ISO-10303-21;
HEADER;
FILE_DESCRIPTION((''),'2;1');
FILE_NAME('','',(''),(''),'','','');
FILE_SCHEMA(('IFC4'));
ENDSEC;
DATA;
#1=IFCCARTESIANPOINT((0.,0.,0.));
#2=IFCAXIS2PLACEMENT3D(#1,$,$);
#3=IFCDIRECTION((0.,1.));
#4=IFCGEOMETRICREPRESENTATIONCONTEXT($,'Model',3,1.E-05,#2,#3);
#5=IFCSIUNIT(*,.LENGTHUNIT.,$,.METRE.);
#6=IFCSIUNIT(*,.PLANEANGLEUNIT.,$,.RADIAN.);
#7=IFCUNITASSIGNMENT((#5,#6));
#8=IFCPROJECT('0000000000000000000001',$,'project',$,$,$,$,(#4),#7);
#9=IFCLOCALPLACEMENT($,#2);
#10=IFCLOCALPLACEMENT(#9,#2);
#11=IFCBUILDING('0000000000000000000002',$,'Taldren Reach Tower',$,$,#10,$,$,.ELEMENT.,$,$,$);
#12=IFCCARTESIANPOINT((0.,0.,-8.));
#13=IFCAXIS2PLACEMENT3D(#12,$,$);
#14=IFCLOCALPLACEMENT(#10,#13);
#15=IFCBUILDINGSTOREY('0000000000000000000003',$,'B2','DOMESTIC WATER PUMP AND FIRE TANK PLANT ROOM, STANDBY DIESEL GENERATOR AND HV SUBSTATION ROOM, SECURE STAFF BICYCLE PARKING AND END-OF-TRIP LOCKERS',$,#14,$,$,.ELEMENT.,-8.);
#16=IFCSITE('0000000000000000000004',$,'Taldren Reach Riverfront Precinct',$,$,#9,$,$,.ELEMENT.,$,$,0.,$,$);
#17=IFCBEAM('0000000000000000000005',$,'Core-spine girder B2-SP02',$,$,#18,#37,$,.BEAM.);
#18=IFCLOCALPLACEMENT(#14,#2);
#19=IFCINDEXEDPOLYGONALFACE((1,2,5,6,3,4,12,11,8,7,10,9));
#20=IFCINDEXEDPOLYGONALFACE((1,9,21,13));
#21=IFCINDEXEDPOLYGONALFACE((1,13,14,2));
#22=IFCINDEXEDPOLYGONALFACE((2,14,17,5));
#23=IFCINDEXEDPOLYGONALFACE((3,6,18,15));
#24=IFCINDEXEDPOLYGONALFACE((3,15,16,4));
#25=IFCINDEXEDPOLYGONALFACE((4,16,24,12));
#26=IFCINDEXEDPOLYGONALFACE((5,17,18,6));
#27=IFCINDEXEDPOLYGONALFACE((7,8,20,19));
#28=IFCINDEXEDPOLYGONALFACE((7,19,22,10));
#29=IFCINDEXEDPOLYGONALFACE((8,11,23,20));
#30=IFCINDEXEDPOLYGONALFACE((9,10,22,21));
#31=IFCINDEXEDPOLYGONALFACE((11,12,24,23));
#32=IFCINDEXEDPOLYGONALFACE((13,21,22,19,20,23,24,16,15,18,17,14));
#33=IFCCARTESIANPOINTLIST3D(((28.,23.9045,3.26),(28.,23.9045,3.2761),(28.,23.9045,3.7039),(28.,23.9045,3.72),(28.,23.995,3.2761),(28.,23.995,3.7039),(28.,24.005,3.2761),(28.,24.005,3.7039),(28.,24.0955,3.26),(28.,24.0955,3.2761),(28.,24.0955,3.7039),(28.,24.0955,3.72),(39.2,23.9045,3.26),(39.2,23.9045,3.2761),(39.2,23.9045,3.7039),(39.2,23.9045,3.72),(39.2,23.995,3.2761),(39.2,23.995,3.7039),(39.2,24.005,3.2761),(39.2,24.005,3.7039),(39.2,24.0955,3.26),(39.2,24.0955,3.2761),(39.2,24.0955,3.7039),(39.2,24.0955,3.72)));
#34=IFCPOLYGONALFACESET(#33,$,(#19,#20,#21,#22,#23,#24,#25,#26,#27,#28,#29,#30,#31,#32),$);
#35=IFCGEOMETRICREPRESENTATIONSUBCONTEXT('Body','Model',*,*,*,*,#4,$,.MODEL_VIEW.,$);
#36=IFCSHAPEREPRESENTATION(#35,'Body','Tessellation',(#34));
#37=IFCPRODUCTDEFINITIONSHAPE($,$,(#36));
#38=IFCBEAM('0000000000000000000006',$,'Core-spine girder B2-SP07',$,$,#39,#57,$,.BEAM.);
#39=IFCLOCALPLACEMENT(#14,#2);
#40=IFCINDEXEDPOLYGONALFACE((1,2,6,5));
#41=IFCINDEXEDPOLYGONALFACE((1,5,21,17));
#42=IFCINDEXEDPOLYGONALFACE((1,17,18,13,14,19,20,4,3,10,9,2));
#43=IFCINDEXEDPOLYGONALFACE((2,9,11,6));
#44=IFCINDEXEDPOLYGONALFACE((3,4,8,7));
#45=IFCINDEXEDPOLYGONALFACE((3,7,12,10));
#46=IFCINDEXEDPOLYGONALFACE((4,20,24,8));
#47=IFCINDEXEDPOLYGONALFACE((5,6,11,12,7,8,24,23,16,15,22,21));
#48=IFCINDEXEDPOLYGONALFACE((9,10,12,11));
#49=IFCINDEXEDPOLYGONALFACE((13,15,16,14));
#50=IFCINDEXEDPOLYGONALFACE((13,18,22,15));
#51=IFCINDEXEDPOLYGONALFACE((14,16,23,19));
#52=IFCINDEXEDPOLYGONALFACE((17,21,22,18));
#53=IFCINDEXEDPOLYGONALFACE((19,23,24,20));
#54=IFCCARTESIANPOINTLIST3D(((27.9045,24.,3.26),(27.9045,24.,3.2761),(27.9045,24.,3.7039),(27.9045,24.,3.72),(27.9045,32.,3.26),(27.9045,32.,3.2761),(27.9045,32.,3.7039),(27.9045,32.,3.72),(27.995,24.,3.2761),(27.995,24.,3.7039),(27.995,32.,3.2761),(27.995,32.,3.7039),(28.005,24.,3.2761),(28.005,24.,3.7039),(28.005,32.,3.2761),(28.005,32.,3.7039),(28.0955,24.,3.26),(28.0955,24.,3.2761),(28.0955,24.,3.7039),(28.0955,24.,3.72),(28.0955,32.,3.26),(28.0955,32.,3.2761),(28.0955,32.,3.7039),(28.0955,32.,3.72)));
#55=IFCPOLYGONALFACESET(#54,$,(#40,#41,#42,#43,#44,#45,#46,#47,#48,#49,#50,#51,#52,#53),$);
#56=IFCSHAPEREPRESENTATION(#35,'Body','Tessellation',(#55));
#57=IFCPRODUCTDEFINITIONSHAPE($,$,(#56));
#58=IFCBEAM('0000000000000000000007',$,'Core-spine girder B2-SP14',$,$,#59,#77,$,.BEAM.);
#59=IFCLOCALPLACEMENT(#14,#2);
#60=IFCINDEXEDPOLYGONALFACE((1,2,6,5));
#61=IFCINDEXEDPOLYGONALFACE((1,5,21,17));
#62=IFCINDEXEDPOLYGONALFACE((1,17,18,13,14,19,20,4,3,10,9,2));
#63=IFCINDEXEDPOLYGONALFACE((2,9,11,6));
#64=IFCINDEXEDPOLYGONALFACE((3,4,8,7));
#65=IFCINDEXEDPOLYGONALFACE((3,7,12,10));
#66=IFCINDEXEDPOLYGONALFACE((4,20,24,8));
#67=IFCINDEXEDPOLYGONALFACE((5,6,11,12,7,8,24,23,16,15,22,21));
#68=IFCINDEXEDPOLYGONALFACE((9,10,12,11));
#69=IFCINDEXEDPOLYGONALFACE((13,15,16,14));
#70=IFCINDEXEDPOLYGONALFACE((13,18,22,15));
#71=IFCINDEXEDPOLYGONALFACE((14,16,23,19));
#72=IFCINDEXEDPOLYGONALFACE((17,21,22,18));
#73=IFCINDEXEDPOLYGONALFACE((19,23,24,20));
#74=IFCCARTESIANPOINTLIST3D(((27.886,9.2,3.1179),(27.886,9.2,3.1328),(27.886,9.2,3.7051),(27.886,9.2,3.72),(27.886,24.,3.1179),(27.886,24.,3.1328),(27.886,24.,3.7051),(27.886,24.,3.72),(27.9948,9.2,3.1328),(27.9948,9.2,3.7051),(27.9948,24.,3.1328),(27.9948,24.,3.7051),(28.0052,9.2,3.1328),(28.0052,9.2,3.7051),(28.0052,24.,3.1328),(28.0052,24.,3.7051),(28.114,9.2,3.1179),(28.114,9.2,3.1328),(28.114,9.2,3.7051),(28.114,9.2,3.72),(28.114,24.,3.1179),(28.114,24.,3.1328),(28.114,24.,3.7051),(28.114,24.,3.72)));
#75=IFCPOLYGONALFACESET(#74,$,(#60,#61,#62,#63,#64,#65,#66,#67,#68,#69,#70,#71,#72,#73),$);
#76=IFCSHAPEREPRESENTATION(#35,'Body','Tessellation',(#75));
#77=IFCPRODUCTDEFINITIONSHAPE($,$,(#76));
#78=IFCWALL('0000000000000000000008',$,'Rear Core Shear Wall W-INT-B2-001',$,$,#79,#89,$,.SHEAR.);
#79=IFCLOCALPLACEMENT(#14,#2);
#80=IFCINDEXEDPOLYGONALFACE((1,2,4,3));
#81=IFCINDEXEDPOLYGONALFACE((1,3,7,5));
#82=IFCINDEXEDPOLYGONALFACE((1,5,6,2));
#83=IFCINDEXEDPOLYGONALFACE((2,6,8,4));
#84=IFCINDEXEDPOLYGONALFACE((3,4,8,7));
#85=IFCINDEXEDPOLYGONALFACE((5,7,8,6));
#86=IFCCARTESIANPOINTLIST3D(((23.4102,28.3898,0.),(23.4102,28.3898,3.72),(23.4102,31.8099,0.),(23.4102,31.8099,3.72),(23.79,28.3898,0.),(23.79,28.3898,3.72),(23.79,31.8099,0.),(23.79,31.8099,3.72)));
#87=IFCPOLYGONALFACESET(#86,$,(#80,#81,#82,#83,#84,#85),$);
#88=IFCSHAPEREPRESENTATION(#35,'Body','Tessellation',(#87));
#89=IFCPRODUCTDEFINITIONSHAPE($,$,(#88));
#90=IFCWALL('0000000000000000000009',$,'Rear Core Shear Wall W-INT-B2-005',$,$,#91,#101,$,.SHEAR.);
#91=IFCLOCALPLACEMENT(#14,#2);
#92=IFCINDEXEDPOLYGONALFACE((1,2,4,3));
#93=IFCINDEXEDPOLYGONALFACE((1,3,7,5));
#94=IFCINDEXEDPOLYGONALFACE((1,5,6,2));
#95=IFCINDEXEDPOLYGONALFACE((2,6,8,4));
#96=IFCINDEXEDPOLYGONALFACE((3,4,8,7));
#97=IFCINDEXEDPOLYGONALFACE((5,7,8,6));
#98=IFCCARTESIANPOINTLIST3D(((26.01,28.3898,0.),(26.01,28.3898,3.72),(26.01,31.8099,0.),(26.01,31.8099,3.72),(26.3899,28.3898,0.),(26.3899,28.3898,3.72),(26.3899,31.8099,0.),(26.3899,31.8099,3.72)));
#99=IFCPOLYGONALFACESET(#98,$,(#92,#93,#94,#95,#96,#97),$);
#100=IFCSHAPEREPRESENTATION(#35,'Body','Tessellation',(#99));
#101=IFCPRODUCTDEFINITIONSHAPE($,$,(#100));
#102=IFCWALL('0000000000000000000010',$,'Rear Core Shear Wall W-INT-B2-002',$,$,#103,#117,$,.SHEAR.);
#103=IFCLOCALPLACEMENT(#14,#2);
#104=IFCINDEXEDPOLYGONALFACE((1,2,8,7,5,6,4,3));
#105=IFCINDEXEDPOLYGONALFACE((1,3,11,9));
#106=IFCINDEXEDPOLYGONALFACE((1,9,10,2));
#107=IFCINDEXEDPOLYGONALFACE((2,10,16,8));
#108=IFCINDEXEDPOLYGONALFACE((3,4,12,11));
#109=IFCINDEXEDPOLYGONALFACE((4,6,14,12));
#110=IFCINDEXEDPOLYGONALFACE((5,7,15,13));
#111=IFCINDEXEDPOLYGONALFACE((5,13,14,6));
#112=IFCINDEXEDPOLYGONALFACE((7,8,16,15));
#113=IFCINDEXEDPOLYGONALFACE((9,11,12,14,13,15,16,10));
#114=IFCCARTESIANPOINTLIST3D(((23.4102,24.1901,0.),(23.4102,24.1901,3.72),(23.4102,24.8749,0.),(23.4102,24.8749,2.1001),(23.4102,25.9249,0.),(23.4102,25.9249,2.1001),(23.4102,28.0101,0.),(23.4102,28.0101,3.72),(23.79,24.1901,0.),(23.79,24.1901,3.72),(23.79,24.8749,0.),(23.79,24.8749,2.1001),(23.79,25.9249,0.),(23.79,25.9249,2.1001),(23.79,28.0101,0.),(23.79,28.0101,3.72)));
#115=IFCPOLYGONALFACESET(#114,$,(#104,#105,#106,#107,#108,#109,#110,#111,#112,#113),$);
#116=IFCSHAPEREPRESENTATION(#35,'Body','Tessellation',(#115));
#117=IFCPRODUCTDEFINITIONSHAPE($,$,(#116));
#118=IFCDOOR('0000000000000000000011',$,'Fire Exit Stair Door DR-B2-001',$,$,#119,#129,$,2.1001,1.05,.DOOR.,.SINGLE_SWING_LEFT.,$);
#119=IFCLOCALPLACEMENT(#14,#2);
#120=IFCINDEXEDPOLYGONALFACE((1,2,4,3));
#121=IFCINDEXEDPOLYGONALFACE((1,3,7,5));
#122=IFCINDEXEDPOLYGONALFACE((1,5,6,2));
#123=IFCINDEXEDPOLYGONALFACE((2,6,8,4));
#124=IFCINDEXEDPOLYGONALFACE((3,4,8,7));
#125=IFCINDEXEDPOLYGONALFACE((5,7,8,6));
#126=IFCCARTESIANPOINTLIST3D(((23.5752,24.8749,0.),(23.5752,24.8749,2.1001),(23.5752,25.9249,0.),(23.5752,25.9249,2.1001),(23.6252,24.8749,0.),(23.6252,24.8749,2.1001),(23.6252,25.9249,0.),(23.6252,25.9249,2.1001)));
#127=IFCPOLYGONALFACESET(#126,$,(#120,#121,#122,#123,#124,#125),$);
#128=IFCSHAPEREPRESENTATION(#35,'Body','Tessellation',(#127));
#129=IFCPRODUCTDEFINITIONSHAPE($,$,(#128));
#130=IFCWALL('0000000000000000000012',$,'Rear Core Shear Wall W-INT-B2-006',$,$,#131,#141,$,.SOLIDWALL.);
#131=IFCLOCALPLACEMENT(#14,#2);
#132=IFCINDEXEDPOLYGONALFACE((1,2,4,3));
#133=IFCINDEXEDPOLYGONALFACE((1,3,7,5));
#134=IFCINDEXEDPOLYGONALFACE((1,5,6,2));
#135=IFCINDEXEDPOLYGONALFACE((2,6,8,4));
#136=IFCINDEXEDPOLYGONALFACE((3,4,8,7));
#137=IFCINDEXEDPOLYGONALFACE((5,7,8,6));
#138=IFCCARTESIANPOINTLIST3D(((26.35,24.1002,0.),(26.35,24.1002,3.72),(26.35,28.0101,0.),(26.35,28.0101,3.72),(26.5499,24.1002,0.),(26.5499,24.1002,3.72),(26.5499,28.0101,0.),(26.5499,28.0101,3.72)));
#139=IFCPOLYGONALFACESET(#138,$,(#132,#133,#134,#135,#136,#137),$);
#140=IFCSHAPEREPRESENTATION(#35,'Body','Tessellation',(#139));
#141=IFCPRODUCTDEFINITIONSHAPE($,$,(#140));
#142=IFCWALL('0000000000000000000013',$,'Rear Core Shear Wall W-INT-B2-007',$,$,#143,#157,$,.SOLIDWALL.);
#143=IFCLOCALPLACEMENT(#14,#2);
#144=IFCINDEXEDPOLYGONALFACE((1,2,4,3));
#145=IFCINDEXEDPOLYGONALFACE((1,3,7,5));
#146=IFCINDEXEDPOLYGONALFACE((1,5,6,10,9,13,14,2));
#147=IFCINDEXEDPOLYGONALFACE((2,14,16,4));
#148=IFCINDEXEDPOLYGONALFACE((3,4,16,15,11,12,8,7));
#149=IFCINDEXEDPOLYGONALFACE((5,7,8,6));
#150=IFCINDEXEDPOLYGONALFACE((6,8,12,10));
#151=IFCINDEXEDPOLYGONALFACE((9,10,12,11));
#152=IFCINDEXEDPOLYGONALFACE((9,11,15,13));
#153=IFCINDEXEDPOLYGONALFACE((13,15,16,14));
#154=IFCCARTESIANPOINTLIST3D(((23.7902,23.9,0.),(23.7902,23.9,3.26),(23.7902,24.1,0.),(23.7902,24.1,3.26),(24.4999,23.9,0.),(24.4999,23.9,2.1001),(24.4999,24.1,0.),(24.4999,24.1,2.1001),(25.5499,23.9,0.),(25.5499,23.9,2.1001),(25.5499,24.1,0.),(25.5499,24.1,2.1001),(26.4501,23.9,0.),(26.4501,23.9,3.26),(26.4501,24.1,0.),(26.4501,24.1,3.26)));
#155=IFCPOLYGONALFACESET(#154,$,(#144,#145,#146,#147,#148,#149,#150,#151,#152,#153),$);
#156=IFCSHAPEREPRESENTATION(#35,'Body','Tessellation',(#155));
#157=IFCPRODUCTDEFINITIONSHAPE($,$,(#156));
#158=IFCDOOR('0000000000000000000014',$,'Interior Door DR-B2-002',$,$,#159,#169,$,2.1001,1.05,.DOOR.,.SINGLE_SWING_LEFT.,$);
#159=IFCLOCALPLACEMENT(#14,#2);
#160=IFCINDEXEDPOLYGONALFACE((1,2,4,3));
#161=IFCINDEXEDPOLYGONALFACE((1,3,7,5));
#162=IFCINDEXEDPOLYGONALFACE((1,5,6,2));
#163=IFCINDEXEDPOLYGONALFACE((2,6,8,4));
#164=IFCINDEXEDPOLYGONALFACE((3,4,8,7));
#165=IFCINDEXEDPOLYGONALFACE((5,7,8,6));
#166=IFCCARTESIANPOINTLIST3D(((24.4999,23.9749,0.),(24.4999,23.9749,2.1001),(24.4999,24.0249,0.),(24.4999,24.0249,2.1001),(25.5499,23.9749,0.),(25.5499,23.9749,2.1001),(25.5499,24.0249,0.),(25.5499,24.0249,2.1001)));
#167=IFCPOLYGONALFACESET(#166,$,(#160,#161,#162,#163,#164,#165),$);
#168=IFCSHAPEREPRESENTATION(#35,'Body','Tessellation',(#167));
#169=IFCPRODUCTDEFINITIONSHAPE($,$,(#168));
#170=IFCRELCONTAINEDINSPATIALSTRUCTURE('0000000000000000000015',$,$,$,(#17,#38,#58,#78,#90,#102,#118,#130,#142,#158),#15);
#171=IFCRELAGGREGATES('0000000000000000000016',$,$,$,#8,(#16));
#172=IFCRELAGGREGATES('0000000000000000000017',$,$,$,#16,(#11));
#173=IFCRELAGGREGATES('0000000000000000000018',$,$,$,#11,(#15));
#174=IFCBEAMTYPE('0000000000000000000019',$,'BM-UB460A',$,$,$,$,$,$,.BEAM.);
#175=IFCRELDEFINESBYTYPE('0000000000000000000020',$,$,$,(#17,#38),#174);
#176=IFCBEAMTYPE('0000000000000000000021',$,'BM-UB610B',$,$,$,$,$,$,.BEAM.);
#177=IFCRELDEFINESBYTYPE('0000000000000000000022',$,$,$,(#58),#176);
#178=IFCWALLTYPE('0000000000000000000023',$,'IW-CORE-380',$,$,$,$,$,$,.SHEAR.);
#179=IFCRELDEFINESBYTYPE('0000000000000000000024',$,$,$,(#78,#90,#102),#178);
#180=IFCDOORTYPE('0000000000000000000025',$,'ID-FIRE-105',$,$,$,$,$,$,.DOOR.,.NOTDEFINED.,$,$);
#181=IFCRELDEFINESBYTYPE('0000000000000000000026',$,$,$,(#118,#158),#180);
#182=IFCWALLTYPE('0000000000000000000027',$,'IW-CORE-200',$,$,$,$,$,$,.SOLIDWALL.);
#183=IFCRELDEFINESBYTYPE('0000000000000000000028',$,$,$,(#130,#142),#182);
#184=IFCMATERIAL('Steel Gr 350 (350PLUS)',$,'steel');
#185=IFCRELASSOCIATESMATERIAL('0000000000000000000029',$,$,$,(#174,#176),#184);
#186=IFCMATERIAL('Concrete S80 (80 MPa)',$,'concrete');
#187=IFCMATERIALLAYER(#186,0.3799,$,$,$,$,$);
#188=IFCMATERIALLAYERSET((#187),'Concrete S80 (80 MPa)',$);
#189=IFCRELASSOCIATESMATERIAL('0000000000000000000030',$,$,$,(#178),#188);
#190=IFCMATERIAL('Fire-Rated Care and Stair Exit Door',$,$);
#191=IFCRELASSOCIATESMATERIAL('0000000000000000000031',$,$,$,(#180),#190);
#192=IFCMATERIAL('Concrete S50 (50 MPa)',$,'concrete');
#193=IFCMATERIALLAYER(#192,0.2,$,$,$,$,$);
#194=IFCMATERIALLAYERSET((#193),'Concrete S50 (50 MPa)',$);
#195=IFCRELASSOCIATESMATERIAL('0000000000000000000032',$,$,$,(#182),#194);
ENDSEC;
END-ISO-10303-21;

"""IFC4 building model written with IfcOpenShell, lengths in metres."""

from ifc_helpers import new_model, si_unit, direction, frame, frame_2d, origin, origin_2d, place, context, subcontext, project, spatial, rectangle, i_section, extrude, source, transform, mapped, material, layer, layer_set, material_profile, profile_set, type_object, element, fill, save


model = new_model("IFC4")

# Units and contexts
model_context = context("Model", 3, precision=1e-05, world=origin(), true_north=direction((0.0, 1.0)))
body_context = subcontext(model_context, "Body", "Model", "MODEL_VIEW")
ifc_project = project(units=[si_unit("LENGTHUNIT", "METRE"), si_unit("PLANEANGLEUNIT", "RADIAN")], contexts=[model_context])

# Site, building, storey
site_placement = place(None, origin())
site = spatial("IfcSite", under=ifc_project, at=site_placement, Name="Taldren Reach Riverfront Precinct", CompositionType="ELEMENT", RefElevation=0.0)
building_placement = place(site_placement, origin())
building = spatial("IfcBuilding", under=site, at=building_placement, Name="Taldren Reach Tower", CompositionType="ELEMENT")
storey_placement = place(building_placement, frame((0.0, 0.0, -8.0)))
storey = spatial("IfcBuildingStorey", under=building, at=storey_placement, Name="B2", Description="DOMESTIC WATER PUMP AND FIRE TANK PLANT ROOM, STANDBY DIESEL GENERATOR AND HV SUBSTATION ROOM, SECURE STAFF BICYCLE PARKING AND END-OF-TRIP LOCKERS", CompositionType="ELEMENT", Elevation=-8.0)

# Beams
ifc_material_1 = material(Name="Steel Gr 350 (350PLUS)", Category="steel")
ifc_material_profile_1 = material_profile(ifc_material_1, i_section(OverallWidth=0.1909, OverallDepth=0.46, WebThickness=0.01, FlangeThickness=0.0161, at=origin_2d()), Name="460UB82.1")
ifc_profile_set_1 = profile_set([ifc_material_profile_1], Name="Steel Gr 350 (350PLUS)")
beam_type_1 = type_object("IfcBeamType", Name="BM-UB460A", PredefinedType="BEAM", material=ifc_profile_set_1)
shared_shape_1 = source(origin(), body_context, "Body", "SweptSolid", [
    extrude(i_section(OverallWidth=0.1909, OverallDepth=0.46, WebThickness=0.01, FlangeThickness=0.0161, at=origin_2d()), origin(), (0.0, 0.0, 1.0), 11.2),
])
beam_1_placement = place(storey_placement, frame((28.0, 24.0, 3.49), z_axis=(1.0, 0.0, 0.0), x_axis=(0.0, 1.0, 0.0)))
element("IfcBeam", 1, at=beam_1_placement, inside=storey, type_object=beam_type_1, Name="Core-spine girder B2-SP02", PredefinedType="BEAM", context=body_context, shape_type="MappedRepresentation", body=[
    mapped(shared_shape_1, transform((0.0, 0.0, 0.0), scale=1.0)),
])
shared_shape_2 = source(origin(), body_context, "Body", "SweptSolid", [
    extrude(i_section(OverallWidth=0.1909, OverallDepth=0.46, WebThickness=0.01, FlangeThickness=0.0161, at=origin_2d()), origin(), (0.0, 0.0, 1.0), 8.0),
])
beam_2_placement = place(storey_placement, frame((28.0, 24.0, 3.49), z_axis=(0.0, 1.0, 0.0), x_axis=(-1.0, 0.0, 0.0)))
element("IfcBeam", 2, at=beam_2_placement, inside=storey, type_object=beam_type_1, Name="Core-spine girder B2-SP07", PredefinedType="BEAM", context=body_context, shape_type="MappedRepresentation", body=[
    mapped(shared_shape_2, transform((0.0, 0.0, 0.0), scale=1.0)),
])
ifc_material_profile_2 = material_profile(ifc_material_1, i_section(OverallWidth=0.228, OverallDepth=0.6021, WebThickness=0.0105, FlangeThickness=0.0149, at=origin_2d()), Name="610UB101")
ifc_profile_set_2 = profile_set([ifc_material_profile_2], Name="Steel Gr 350 (350PLUS)")
beam_type_2 = type_object("IfcBeamType", Name="BM-UB610B", PredefinedType="BEAM", material=ifc_profile_set_2)
shared_shape_3 = source(origin(), body_context, "Body", "SweptSolid", [
    extrude(i_section(OverallWidth=0.228, OverallDepth=0.6021, WebThickness=0.0105, FlangeThickness=0.0149, at=origin_2d()), origin(), (0.0, 0.0, 1.0), 14.8),
])
beam_3_placement = place(storey_placement, frame((28.0, 24.0, 3.4189), z_axis=(0.0, -1.0, 0.0), x_axis=(1.0, 0.0, 0.0)))
element("IfcBeam", 3, at=beam_3_placement, inside=storey, type_object=beam_type_2, Name="Core-spine girder B2-SP14", PredefinedType="BEAM", context=body_context, shape_type="MappedRepresentation", body=[
    mapped(shared_shape_3, transform((0.0, 0.0, 0.0), scale=1.0)),
])

# Walls
ifc_material_2 = material(Name="Concrete S80 (80 MPa)", Category="concrete")
ifc_layer_1 = layer(ifc_material_2, 0.3799)
ifc_layer_set_1 = layer_set([ifc_layer_1], Name="Concrete S80 (80 MPa)")
wall_type_1 = type_object("IfcWallType", Name="IW-CORE-380", PredefinedType="SHEAR", material=ifc_layer_set_1)
shared_shape_4 = source(origin(), body_context, "Body", "SweptSolid", [
    extrude(rectangle(XDim=3.4202, YDim=0.3799, at=frame_2d((1.71, 0.0))), origin(), (0.0, 0.0, 1.0), 3.72),
])
for number, where, z_axis, x_axis, name in (
    (4, (23.6001, 28.3899, 0.0), (0.0, 0.0, 1.0), (0.0, 1.0, 0.0), "Rear Core Shear Wall W-INT-B2-001"),
    (5, (26.2, 28.3899, 0.0), (0.0, 0.0, 1.0), (0.0, 1.0, 0.0), "Rear Core Shear Wall W-INT-B2-005"),
):
    element("IfcWall", number, at=place(storey_placement, frame(where, z_axis=z_axis, x_axis=x_axis)), inside=storey, type_object=wall_type_1, Name=name, PredefinedType="SHEAR", context=body_context, shape_type="MappedRepresentation", body=[
        mapped(shared_shape_4, transform((0.0, 0.0, 0.0), scale=1.0)),
    ])

# Wall, opening, door
shared_shape_5 = source(origin(), body_context, "Body", "SweptSolid", [
    extrude(rectangle(XDim=3.8201, YDim=0.3799, at=frame_2d((1.9102, 0.0))), origin(), (0.0, 0.0, 1.0), 3.72),
])
wall_1_placement = place(storey_placement, frame((23.6001, 24.1899, 0.0), z_axis=(0.0, 0.0, 1.0), x_axis=(0.0, 1.0, 0.0)))
wall_1 = element("IfcWall", 6, at=wall_1_placement, inside=storey, type_object=wall_type_1, Name="Rear Core Shear Wall W-INT-B2-002", PredefinedType="SHEAR", context=body_context, shape_type="MappedRepresentation", body=[
    mapped(shared_shape_5, transform((0.0, 0.0, 0.0), scale=1.0)),
])
shared_shape_6 = source(origin(), body_context, "Body", "SweptSolid", [
    extrude(rectangle(XDim=1.05, YDim=2.1001, at=frame_2d((0.5249, 1.05))), frame((0.0, 0.2, 0.0), z_axis=(0.0, -1.0, 0.0), x_axis=(1.0, 0.0, 0.0)), (0.0, 0.0, 1.0), 0.3999),
])
opening_1_placement = place(wall_1_placement, frame((0.6851, 0.0, 0.0)))
opening_1 = element("IfcOpeningElement", 7, at=opening_1_placement, cuts=wall_1, PredefinedType="OPENING", context=body_context, shape_type="MappedRepresentation", body=[
    mapped(shared_shape_6, transform((0.0, 0.0, 0.0), scale=1.0)),
])
ifc_material_3 = material(Name="Fire-Rated Care and Stair Exit Door")
door_type_1 = type_object("IfcDoorType", Name="ID-FIRE-105", OperationType="NOTDEFINED", PredefinedType="DOOR", material=ifc_material_3)
shared_shape_7 = source(origin(), body_context, "Body", "SweptSolid", [
    extrude(rectangle(XDim=1.05, YDim=2.1001, at=frame_2d((0.5249, 1.05))), frame((0.0, 0.0249, 0.0), z_axis=(0.0, -1.0, 0.0), x_axis=(1.0, 0.0, 0.0)), (0.0, 0.0, 1.0), 0.05),
])
door_1_placement = place(opening_1_placement, origin())
door_1 = element("IfcDoor", 8, at=door_1_placement, inside=storey, type_object=door_type_1, Name="Fire Exit Stair Door DR-B2-001", OperationType="SINGLE_SWING_LEFT", OverallHeight=2.1001, OverallWidth=1.05, PredefinedType="DOOR", context=body_context, shape_type="MappedRepresentation", body=[
    mapped(shared_shape_7, transform((0.0, 0.0, 0.0), scale=1.0)),
])
fill(opening_1, door_1)

# Wall
ifc_material_4 = material(Name="Concrete S50 (50 MPa)", Category="concrete")
ifc_layer_2 = layer(ifc_material_4, 0.2)
ifc_layer_set_2 = layer_set([ifc_layer_2], Name="Concrete S50 (50 MPa)")
wall_type_2 = type_object("IfcWallType", Name="IW-CORE-200", PredefinedType="SOLIDWALL", material=ifc_layer_set_2)
shared_shape_8 = source(origin(), body_context, "Body", "SweptSolid", [
    extrude(rectangle(XDim=3.9099, YDim=0.2, at=frame_2d((1.9551, 0.0))), origin(), (0.0, 0.0, 1.0), 3.72),
])
wall_2_placement = place(storey_placement, frame((26.45, 24.1001, 0.0), z_axis=(0.0, 0.0, 1.0), x_axis=(0.0, 1.0, 0.0)))
element("IfcWall", 9, at=wall_2_placement, inside=storey, type_object=wall_type_2, Name="Rear Core Shear Wall W-INT-B2-006", PredefinedType="SOLIDWALL", context=body_context, shape_type="MappedRepresentation", body=[
    mapped(shared_shape_8, transform((0.0, 0.0, 0.0), scale=1.0)),
])

# Wall, opening, door
shared_shape_9 = source(origin(), body_context, "Body", "SweptSolid", [
    extrude(rectangle(XDim=2.6599, YDim=0.2, at=frame_2d((1.3301, 0.0))), origin(), (0.0, 0.0, 1.0), 3.26),
])
wall_3_placement = place(storey_placement, frame((23.79, 24.0, 0.0), z_axis=(0.0, 0.0, 1.0), x_axis=(1.0, 0.0, 0.0)))
wall_3 = element("IfcWall", 10, at=wall_3_placement, inside=storey, type_object=wall_type_2, Name="Rear Core Shear Wall W-INT-B2-007", PredefinedType="SOLIDWALL", context=body_context, shape_type="MappedRepresentation", body=[
    mapped(shared_shape_9, transform((0.0, 0.0, 0.0), scale=1.0)),
])
shared_shape_10 = source(origin(), body_context, "Body", "SweptSolid", [
    extrude(rectangle(XDim=1.05, YDim=2.1001, at=frame_2d((0.5249, 1.05))), frame((0.0, 0.1099, 0.0), z_axis=(0.0, -1.0, 0.0), x_axis=(1.0, 0.0, 0.0)), (0.0, 0.0, 1.0), 0.22),
])
opening_2_placement = place(wall_3_placement, frame((0.71, 0.0, 0.0)))
opening_2 = element("IfcOpeningElement", 11, at=opening_2_placement, cuts=wall_3, PredefinedType="OPENING", context=body_context, shape_type="MappedRepresentation", body=[
    mapped(shared_shape_10, transform((0.0, 0.0, 0.0), scale=1.0)),
])
door_2_placement = place(opening_2_placement, origin())
door_2 = element("IfcDoor", 12, at=door_2_placement, inside=storey, type_object=door_type_1, Name="Interior Door DR-B2-002", OperationType="SINGLE_SWING_LEFT", OverallHeight=2.1001, OverallWidth=1.05, PredefinedType="DOOR", context=body_context, shape_type="MappedRepresentation", body=[
    mapped(shared_shape_7, transform((0.0, 0.0, 0.0), scale=1.0)),
])
fill(opening_2, door_2)

save(model, "model.ifc")
